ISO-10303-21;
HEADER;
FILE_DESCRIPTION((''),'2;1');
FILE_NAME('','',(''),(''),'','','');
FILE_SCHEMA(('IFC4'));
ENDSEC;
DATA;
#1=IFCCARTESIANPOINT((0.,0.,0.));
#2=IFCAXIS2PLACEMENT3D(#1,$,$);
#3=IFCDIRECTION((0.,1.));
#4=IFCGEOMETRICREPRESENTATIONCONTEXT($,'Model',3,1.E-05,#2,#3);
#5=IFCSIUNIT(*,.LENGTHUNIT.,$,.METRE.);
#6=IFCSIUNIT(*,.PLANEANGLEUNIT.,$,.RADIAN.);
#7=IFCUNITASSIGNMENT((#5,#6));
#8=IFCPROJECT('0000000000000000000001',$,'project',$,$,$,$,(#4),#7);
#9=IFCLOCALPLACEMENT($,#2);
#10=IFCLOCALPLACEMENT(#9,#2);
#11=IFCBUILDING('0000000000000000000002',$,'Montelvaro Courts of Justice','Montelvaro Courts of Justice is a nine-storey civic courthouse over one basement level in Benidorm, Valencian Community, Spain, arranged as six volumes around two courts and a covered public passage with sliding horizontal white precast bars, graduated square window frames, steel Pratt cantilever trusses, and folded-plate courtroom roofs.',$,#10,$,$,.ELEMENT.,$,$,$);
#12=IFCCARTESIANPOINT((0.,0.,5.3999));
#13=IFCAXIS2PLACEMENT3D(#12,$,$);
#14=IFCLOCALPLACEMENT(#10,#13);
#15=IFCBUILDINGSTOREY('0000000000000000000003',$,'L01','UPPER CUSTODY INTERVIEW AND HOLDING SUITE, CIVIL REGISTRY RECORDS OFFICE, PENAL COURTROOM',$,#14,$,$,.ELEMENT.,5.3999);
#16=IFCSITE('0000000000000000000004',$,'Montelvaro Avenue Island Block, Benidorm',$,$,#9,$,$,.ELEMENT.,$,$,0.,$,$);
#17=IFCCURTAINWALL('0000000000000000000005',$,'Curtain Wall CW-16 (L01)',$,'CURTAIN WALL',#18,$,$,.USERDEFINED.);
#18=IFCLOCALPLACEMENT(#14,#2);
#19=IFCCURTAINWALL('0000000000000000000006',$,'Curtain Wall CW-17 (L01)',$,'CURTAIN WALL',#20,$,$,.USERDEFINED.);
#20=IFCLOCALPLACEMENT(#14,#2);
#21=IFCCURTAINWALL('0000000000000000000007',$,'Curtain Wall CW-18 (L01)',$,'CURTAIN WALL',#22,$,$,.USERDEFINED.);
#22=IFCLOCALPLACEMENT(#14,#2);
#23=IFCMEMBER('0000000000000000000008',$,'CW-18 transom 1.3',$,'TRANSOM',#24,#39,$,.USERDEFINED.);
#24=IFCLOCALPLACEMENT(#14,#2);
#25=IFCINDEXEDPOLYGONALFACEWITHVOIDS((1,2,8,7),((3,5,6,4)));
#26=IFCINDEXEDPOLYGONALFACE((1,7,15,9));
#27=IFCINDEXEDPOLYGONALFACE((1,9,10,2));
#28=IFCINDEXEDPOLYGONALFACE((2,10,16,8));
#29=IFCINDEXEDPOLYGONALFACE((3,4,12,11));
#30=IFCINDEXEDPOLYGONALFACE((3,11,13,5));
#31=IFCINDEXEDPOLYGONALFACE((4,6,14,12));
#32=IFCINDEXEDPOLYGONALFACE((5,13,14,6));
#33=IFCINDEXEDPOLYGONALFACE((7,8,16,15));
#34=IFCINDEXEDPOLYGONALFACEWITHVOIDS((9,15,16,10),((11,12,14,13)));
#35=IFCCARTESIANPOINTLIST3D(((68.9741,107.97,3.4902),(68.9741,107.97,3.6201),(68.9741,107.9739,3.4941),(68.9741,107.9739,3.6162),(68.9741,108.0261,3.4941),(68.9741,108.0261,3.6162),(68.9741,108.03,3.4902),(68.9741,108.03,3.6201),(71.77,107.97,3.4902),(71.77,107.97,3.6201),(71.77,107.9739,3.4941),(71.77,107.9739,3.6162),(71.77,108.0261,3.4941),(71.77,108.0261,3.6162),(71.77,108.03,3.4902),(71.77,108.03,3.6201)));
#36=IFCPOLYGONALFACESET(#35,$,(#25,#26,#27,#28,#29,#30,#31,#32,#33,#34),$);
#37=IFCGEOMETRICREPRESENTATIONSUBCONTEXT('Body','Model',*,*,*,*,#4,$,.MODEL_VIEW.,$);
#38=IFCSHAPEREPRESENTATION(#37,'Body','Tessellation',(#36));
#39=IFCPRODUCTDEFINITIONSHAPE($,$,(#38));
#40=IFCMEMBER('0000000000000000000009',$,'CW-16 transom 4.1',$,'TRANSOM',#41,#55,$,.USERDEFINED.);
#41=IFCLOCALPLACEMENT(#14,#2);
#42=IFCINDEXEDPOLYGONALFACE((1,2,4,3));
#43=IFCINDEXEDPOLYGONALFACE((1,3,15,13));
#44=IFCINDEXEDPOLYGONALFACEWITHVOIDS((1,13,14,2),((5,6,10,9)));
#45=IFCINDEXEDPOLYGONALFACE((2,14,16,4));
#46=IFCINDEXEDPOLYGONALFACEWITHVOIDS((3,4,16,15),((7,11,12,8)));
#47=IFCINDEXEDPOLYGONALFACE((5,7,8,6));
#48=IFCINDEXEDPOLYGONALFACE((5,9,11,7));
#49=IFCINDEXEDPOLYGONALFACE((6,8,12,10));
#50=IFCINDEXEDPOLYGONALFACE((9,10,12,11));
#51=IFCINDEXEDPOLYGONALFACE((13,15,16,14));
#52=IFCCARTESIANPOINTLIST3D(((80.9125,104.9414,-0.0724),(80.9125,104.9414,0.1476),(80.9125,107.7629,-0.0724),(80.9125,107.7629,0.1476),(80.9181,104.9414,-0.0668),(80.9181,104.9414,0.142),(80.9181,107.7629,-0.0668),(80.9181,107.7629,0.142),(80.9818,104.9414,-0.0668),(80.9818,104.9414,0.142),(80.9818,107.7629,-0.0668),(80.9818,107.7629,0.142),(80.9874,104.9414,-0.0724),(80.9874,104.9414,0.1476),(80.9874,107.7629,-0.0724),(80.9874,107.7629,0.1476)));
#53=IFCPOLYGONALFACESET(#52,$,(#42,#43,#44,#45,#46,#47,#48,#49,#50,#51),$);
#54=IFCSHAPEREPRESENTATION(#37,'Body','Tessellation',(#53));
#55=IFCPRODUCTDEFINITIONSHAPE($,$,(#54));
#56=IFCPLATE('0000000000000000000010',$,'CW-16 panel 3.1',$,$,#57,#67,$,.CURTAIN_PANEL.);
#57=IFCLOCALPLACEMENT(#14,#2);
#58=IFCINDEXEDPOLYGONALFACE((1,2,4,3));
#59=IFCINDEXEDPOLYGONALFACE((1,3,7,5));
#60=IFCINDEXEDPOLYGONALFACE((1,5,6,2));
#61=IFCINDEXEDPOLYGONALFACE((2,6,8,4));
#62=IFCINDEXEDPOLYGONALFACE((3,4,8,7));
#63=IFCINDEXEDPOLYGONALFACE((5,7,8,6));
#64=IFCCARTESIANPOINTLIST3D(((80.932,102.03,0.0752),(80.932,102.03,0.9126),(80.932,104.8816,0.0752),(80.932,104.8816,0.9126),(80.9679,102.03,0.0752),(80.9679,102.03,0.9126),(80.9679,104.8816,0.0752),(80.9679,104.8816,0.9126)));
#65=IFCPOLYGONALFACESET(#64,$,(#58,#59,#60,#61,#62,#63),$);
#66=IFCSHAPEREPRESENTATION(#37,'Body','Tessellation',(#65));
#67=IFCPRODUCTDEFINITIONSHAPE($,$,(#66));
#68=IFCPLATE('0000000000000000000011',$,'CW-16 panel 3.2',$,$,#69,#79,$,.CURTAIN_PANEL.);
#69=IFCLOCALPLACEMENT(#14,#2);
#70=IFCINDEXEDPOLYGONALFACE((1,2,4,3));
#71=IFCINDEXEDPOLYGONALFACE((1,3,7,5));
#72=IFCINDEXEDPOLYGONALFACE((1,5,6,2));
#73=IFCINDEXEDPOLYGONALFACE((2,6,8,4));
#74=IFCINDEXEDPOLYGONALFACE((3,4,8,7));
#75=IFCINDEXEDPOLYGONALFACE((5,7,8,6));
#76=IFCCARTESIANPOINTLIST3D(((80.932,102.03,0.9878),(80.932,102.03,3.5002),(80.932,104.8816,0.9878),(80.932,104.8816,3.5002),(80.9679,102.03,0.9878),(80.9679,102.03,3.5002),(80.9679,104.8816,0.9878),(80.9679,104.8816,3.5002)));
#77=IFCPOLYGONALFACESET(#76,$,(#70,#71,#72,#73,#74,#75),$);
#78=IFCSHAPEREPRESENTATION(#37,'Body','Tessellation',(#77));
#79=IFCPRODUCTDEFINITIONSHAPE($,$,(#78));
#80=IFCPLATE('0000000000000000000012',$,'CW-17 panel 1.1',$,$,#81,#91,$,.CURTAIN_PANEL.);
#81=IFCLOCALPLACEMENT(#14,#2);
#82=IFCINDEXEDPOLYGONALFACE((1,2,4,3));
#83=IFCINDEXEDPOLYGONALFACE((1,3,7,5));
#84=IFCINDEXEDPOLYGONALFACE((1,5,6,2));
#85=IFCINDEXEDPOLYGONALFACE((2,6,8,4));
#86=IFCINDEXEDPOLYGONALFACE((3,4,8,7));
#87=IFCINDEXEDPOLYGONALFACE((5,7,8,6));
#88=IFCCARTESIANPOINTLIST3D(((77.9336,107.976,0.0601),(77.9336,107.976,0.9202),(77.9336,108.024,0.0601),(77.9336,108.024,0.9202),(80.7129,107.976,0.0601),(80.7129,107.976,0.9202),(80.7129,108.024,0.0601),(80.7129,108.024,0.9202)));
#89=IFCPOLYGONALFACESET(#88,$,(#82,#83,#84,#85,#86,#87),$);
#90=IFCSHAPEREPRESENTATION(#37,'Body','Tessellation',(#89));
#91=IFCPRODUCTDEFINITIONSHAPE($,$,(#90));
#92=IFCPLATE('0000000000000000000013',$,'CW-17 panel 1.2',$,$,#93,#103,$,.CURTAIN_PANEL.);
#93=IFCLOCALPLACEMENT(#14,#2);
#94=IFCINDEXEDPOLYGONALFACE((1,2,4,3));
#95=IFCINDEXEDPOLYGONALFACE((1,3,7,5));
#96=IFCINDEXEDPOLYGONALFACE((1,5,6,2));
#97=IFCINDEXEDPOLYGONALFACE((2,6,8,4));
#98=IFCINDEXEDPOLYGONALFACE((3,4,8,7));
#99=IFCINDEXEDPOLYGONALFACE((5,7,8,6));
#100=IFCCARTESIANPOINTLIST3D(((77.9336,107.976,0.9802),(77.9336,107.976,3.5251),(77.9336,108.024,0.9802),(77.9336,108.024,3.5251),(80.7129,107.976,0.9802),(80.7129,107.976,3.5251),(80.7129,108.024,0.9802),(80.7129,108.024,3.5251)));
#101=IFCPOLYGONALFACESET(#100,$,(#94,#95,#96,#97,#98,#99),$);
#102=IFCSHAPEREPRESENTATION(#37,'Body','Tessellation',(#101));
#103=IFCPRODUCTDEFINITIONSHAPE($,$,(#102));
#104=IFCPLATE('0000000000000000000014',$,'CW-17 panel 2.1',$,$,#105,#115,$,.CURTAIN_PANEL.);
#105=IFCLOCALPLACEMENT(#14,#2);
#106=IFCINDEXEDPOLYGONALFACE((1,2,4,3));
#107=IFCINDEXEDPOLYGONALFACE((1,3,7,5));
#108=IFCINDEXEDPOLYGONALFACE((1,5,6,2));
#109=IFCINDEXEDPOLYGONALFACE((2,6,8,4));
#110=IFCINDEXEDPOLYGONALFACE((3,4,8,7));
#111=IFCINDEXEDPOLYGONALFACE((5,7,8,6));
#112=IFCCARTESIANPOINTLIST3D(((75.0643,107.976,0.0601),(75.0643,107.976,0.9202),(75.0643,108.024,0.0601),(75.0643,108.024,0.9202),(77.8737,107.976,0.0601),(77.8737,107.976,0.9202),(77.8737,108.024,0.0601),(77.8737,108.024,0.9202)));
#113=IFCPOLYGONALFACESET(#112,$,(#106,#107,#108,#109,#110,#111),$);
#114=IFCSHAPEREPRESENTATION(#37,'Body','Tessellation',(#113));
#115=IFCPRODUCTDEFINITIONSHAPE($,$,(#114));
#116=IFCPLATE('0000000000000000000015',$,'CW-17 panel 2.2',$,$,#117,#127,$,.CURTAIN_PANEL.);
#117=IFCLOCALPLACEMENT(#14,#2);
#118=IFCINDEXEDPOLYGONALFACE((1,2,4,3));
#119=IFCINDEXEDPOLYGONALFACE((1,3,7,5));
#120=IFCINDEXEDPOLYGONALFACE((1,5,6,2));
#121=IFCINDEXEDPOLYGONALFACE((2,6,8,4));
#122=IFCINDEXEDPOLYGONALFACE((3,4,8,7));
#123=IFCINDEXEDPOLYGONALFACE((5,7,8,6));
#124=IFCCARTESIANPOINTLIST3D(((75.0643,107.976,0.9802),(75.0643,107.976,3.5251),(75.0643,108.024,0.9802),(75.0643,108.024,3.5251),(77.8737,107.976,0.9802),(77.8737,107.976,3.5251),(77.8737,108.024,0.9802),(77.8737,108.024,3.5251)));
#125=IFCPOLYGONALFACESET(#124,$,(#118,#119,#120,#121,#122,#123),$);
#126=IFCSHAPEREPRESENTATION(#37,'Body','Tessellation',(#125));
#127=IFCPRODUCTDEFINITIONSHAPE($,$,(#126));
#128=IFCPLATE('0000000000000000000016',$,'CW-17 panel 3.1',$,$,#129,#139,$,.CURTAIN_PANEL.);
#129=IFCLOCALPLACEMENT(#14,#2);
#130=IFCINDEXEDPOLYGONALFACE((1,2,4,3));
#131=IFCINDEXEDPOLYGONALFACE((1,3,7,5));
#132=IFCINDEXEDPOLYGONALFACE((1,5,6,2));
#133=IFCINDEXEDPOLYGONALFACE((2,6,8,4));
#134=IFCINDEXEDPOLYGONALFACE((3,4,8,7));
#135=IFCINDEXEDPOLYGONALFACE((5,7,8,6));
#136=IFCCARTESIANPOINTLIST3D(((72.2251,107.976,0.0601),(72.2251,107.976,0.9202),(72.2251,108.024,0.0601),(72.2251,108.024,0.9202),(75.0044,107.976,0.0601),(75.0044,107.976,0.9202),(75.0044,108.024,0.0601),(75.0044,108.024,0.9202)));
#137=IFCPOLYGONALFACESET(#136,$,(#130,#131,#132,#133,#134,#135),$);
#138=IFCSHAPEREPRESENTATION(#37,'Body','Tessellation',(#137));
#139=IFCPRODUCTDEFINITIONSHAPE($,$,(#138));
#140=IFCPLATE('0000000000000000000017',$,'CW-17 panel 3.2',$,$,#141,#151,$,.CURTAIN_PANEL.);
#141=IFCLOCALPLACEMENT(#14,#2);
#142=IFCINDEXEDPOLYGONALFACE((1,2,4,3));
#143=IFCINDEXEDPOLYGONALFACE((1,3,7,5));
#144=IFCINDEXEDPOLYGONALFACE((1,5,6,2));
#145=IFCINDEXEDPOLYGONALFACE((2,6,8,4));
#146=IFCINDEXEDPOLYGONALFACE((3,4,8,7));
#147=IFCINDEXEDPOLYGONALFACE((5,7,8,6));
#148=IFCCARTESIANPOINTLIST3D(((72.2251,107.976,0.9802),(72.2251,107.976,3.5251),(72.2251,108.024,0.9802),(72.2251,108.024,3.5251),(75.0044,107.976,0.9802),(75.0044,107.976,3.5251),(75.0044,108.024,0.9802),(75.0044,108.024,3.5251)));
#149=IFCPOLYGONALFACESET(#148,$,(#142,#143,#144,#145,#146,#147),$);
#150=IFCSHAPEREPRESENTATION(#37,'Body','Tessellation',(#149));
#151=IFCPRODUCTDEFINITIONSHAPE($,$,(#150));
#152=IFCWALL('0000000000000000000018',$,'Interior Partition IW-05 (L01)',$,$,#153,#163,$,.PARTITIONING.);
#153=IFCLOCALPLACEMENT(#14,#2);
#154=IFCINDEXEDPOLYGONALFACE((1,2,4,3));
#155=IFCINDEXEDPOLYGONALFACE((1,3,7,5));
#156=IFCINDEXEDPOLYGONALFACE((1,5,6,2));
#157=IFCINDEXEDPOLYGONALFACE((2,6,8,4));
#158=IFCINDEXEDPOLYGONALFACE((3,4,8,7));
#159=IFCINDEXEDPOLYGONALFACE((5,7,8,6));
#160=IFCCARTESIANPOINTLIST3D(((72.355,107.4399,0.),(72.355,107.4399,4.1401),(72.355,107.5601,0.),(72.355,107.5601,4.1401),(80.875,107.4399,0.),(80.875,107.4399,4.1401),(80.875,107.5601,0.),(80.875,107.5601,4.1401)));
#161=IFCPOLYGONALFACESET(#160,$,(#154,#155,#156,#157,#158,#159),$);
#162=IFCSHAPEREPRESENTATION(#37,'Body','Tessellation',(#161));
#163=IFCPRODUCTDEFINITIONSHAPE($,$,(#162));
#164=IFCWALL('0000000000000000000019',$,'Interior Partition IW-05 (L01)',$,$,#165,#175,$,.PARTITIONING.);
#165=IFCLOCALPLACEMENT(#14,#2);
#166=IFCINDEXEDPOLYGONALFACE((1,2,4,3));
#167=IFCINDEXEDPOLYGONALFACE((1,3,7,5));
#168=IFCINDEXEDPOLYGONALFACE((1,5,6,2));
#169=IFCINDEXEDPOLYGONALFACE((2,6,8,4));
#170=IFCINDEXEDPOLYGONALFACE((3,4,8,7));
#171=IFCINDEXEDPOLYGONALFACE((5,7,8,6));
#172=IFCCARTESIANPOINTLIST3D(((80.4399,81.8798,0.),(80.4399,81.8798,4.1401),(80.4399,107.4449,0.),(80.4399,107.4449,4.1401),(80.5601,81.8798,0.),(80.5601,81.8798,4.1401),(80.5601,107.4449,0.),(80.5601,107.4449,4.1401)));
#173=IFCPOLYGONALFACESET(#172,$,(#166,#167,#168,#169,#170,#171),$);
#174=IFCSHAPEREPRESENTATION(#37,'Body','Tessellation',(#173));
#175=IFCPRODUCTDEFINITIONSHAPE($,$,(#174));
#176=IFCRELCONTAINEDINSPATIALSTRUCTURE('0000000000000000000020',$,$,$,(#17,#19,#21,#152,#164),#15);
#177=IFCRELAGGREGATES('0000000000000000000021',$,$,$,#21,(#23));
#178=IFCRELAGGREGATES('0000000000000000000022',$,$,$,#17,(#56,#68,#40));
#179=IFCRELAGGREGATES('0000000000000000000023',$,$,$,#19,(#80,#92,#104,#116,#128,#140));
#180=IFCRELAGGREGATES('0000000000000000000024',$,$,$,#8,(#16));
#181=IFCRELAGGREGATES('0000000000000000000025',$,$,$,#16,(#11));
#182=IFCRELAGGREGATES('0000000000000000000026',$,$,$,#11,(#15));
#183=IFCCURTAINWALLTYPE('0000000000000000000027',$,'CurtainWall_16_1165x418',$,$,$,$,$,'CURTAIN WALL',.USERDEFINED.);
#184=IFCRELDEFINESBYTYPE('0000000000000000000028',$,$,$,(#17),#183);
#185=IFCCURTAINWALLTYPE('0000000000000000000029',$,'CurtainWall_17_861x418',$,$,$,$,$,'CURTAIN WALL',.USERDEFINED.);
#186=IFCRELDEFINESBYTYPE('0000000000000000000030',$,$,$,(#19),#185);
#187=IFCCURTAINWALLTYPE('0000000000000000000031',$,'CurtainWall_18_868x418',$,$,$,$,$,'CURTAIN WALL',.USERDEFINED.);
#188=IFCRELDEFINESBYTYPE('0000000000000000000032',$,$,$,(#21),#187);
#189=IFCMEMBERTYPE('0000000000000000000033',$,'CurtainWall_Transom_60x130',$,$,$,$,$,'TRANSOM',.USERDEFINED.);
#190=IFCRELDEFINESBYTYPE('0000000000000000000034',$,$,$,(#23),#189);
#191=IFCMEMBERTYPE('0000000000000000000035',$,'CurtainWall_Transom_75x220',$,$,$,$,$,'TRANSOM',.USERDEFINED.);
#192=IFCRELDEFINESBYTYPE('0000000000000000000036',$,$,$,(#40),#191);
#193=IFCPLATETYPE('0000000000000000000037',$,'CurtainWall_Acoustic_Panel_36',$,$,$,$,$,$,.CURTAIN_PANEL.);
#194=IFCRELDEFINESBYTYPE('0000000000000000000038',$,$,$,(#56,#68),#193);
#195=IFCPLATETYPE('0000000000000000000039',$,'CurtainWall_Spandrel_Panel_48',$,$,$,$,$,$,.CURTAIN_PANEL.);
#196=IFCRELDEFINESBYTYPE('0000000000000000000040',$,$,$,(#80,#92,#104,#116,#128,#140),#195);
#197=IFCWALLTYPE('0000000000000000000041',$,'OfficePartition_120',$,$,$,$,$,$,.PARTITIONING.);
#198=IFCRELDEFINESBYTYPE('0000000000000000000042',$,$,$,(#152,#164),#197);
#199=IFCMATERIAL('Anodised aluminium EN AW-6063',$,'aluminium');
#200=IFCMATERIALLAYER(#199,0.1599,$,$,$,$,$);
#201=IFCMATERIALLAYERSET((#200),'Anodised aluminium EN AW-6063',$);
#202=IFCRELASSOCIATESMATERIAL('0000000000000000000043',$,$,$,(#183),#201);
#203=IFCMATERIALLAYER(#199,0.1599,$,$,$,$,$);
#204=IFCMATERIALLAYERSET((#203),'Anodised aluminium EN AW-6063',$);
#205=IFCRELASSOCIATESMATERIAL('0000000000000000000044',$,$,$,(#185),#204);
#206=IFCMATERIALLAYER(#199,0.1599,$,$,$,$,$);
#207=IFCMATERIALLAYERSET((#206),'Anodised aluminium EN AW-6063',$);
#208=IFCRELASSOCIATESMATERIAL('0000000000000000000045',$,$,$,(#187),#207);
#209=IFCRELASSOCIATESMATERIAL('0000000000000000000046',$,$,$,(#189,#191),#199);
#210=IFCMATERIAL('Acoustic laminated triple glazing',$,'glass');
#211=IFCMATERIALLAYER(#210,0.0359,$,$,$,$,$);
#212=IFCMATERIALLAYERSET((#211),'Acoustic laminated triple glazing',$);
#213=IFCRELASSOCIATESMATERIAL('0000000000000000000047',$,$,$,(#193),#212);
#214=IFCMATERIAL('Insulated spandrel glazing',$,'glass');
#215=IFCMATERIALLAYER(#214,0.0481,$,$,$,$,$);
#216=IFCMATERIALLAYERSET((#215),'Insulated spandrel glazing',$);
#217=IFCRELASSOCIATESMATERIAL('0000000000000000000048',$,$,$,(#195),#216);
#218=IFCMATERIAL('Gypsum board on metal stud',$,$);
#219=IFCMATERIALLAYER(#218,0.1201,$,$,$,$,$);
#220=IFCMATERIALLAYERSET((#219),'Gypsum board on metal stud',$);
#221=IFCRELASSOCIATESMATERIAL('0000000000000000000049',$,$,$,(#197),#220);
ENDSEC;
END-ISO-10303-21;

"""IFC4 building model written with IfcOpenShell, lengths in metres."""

from ifc_helpers import new_model, si_unit, direction, frame, frame_2d, origin, origin_2d, place, context, subcontext, project, spatial, rectangle, hollow_rectangle, extrude, material, layer, layer_set, material_profile, profile_set, type_object, element, aggregate, save


model = new_model("IFC4")

# Units and contexts
model_context = context("Model", 3, precision=1e-05, world=origin(), true_north=direction((0.0, 1.0)))
body_context = subcontext(model_context, "Body", "Model", "MODEL_VIEW")
ifc_project = project(units=[si_unit("LENGTHUNIT", "METRE"), si_unit("PLANEANGLEUNIT", "RADIAN")], contexts=[model_context])

# Site, building, storey
site_placement = place(None, origin())
site = spatial("IfcSite", under=ifc_project, at=site_placement, Name="Montelvaro Avenue Island Block, Benidorm", CompositionType="ELEMENT", RefElevation=0.0)
building_placement = place(site_placement, origin())
building = spatial("IfcBuilding", under=site, at=building_placement, Name="Montelvaro Courts of Justice", Description="Montelvaro Courts of Justice is a nine-storey civic courthouse over one basement level in Benidorm, Valencian Community, Spain, arranged as six volumes around two courts and a covered public passage with sliding horizontal white precast bars, graduated square window frames, steel Pratt cantilever trusses, and folded-plate courtroom roofs.", CompositionType="ELEMENT")
storey_placement = place(building_placement, frame((0.0, 0.0, 5.3999)))
storey = spatial("IfcBuildingStorey", under=building, at=storey_placement, Name="L01", Description="UPPER CUSTODY INTERVIEW AND HOLDING SUITE, CIVIL REGISTRY RECORDS OFFICE, PENAL COURTROOM", CompositionType="ELEMENT", Elevation=5.3999)

# Curtain walls
ifc_material_1 = material(Name="Anodised aluminium EN AW-6063", Category="aluminium")
ifc_layer_1 = layer(ifc_material_1, 0.1599)
ifc_layer_set_1 = layer_set([ifc_layer_1], Name="Anodised aluminium EN AW-6063")
curtain_wall_type_1 = type_object("IfcCurtainWallType", Name="CurtainWall_16_1165x418", ElementType="CURTAIN WALL", PredefinedType="USERDEFINED", material=ifc_layer_set_1)
curtain_wall_1_placement = place(storey_placement, origin())
curtain_wall_1 = element("IfcCurtainWall", 1, at=curtain_wall_1_placement, inside=storey, type_object=curtain_wall_type_1, Name="Curtain Wall CW-16 (L01)", ObjectType="CURTAIN WALL", PredefinedType="USERDEFINED")
ifc_layer_2 = layer(ifc_material_1, 0.1599)
ifc_layer_set_2 = layer_set([ifc_layer_2], Name="Anodised aluminium EN AW-6063")
curtain_wall_type_2 = type_object("IfcCurtainWallType", Name="CurtainWall_17_861x418", ElementType="CURTAIN WALL", PredefinedType="USERDEFINED", material=ifc_layer_set_2)
curtain_wall_2_placement = place(storey_placement, origin())
curtain_wall_2 = element("IfcCurtainWall", 2, at=curtain_wall_2_placement, inside=storey, type_object=curtain_wall_type_2, Name="Curtain Wall CW-17 (L01)", ObjectType="CURTAIN WALL", PredefinedType="USERDEFINED")

# Curtain wall
ifc_layer_3 = layer(ifc_material_1, 0.1599)
ifc_layer_set_3 = layer_set([ifc_layer_3], Name="Anodised aluminium EN AW-6063")
curtain_wall_type_3 = type_object("IfcCurtainWallType", Name="CurtainWall_18_868x418", ElementType="CURTAIN WALL", PredefinedType="USERDEFINED", material=ifc_layer_set_3)
curtain_wall_3_placement = place(storey_placement, origin())
curtain_wall_3 = element("IfcCurtainWall", 3, at=curtain_wall_3_placement, inside=storey, type_object=curtain_wall_type_3, Name="Curtain Wall CW-18 (L01)", ObjectType="CURTAIN WALL", PredefinedType="USERDEFINED")

# Members
ifc_material_profile_1 = material_profile(ifc_material_1, hollow_rectangle(XDim=0.0601, YDim=0.1299, WallThickness=0.0039, at=origin_2d()), Name="ALU-T 60x130")
ifc_profile_set_1 = profile_set([ifc_material_profile_1], Name="Anodised aluminium EN AW-6063")
member_type_1 = type_object("IfcMemberType", Name="CurtainWall_Transom_60x130", ElementType="TRANSOM", PredefinedType="USERDEFINED", material=ifc_profile_set_1)
member_1_placement = place(storey_placement, frame((71.77, 108.0, 3.5552), z_axis=(-1.0, 0.0, 0.0), x_axis=(0.0, -1.0, 0.0)))
member_1 = element("IfcMember", 4, at=member_1_placement, type_object=member_type_1, Name="CW-18 transom 1.3", ObjectType="TRANSOM", PredefinedType="USERDEFINED", context=body_context, shape_type="SweptSolid", body=[
    extrude(hollow_rectangle(XDim=0.0601, YDim=0.1299, WallThickness=0.0039, at=origin_2d()), origin(), (0.0, 0.0, 1.0), 2.7959),
])
aggregate(curtain_wall_3, [member_1])
ifc_material_profile_2 = material_profile(ifc_material_1, hollow_rectangle(XDim=0.075, YDim=0.22, WallThickness=0.0056, at=origin_2d()), Name="ALU-T 75x220")
ifc_profile_set_2 = profile_set([ifc_material_profile_2], Name="Anodised aluminium EN AW-6063")
member_type_2 = type_object("IfcMemberType", Name="CurtainWall_Transom_75x220", ElementType="TRANSOM", PredefinedType="USERDEFINED", material=ifc_profile_set_2)
member_2_placement = place(storey_placement, frame((80.95, 104.9414, 0.0376), z_axis=(0.0, 1.0, 0.0), x_axis=(-1.0, 0.0, 0.0)))
member_2 = element("IfcMember", 5, at=member_2_placement, type_object=member_type_2, Name="CW-16 transom 4.1", ObjectType="TRANSOM", PredefinedType="USERDEFINED", context=body_context, shape_type="SweptSolid", body=[
    extrude(hollow_rectangle(XDim=0.075, YDim=0.22, WallThickness=0.0056, at=origin_2d()), origin(), (0.0, 0.0, 1.0), 2.8215),
])

# Plates
ifc_material_2 = material(Name="Acoustic laminated triple glazing", Category="glass")
ifc_layer_4 = layer(ifc_material_2, 0.0359)
ifc_layer_set_4 = layer_set([ifc_layer_4], Name="Acoustic laminated triple glazing")
plate_type_1 = type_object("IfcPlateType", Name="CurtainWall_Acoustic_Panel_36", PredefinedType="CURTAIN_PANEL", material=ifc_layer_set_4)
plate_1_placement = place(storey_placement, frame((80.95, 103.4558, 0.0752), z_axis=(0.0, 0.0, 1.0), x_axis=(0.0, 1.0, 0.0)))
plate_1 = element("IfcPlate", 6, at=plate_1_placement, type_object=plate_type_1, Name="CW-16 panel 3.1", PredefinedType="CURTAIN_PANEL", context=body_context, shape_type="SweptSolid", body=[
    extrude(rectangle(XDim=2.8516, YDim=0.0359, at=origin_2d()), origin(), (0.0, 0.0, 1.0), 0.8374),
])
plate_2_placement = place(storey_placement, frame((80.95, 103.4558, 0.9878), z_axis=(0.0, 0.0, 1.0), x_axis=(0.0, 1.0, 0.0)))
plate_2 = element("IfcPlate", 7, at=plate_2_placement, type_object=plate_type_1, Name="CW-16 panel 3.2", PredefinedType="CURTAIN_PANEL", context=body_context, shape_type="SweptSolid", body=[
    extrude(rectangle(XDim=2.8516, YDim=0.0359, at=origin_2d()), origin(), (0.0, 0.0, 1.0), 2.5125),
])
aggregate(curtain_wall_1, [plate_1, plate_2, member_2])
ifc_material_3 = material(Name="Insulated spandrel glazing", Category="glass")
ifc_layer_5 = layer(ifc_material_3, 0.0481)
ifc_layer_set_5 = layer_set([ifc_layer_5], Name="Insulated spandrel glazing")
plate_type_2 = type_object("IfcPlateType", Name="CurtainWall_Spandrel_Panel_48", PredefinedType="CURTAIN_PANEL", material=ifc_layer_set_5)
plate_3_placement = place(storey_placement, frame((79.3232, 108.0, 0.0601), z_axis=(0.0, 0.0, 1.0), x_axis=(-1.0, 0.0, 0.0)))
plate_3 = element("IfcPlate", 8, at=plate_3_placement, type_object=plate_type_2, Name="CW-17 panel 1.1", PredefinedType="CURTAIN_PANEL", context=body_context, shape_type="SweptSolid", body=[
    extrude(rectangle(XDim=2.7793, YDim=0.0481, at=origin_2d()), origin(), (0.0, 0.0, 1.0), 0.8601),
])
plate_4_placement = place(storey_placement, frame((79.3232, 108.0, 0.9802), z_axis=(0.0, 0.0, 1.0), x_axis=(-1.0, 0.0, 0.0)))
plate_4 = element("IfcPlate", 9, at=plate_4_placement, type_object=plate_type_2, Name="CW-17 panel 1.2", PredefinedType="CURTAIN_PANEL", context=body_context, shape_type="SweptSolid", body=[
    extrude(rectangle(XDim=2.7793, YDim=0.0481, at=origin_2d()), origin(), (0.0, 0.0, 1.0), 2.5449),
])
plate_5_placement = place(storey_placement, frame((76.469, 108.0, 0.0601), z_axis=(0.0, 0.0, 1.0), x_axis=(-1.0, 0.0, 0.0)))
plate_5 = element("IfcPlate", 10, at=plate_5_placement, type_object=plate_type_2, Name="CW-17 panel 2.1", PredefinedType="CURTAIN_PANEL", context=body_context, shape_type="SweptSolid", body=[
    extrude(rectangle(XDim=2.8093, YDim=0.0481, at=origin_2d()), origin(), (0.0, 0.0, 1.0), 0.8601),
])
plate_6_placement = place(storey_placement, frame((76.469, 108.0, 0.9802), z_axis=(0.0, 0.0, 1.0), x_axis=(-1.0, 0.0, 0.0)))
plate_6 = element("IfcPlate", 11, at=plate_6_placement, type_object=plate_type_2, Name="CW-17 panel 2.2", PredefinedType="CURTAIN_PANEL", context=body_context, shape_type="SweptSolid", body=[
    extrude(rectangle(XDim=2.8093, YDim=0.0481, at=origin_2d()), origin(), (0.0, 0.0, 1.0), 2.5449),
])
plate_7_placement = place(storey_placement, frame((73.6147, 108.0, 0.0601), z_axis=(0.0, 0.0, 1.0), x_axis=(-1.0, 0.0, 0.0)))
plate_7 = element("IfcPlate", 12, at=plate_7_placement, type_object=plate_type_2, Name="CW-17 panel 3.1", PredefinedType="CURTAIN_PANEL", context=body_context, shape_type="SweptSolid", body=[
    extrude(rectangle(XDim=2.7793, YDim=0.0481, at=origin_2d()), origin(), (0.0, 0.0, 1.0), 0.8601),
])
plate_8_placement = place(storey_placement, frame((73.6147, 108.0, 0.9802), z_axis=(0.0, 0.0, 1.0), x_axis=(-1.0, 0.0, 0.0)))
plate_8 = element("IfcPlate", 13, at=plate_8_placement, type_object=plate_type_2, Name="CW-17 panel 3.2", PredefinedType="CURTAIN_PANEL", context=body_context, shape_type="SweptSolid", body=[
    extrude(rectangle(XDim=2.7793, YDim=0.0481, at=origin_2d()), origin(), (0.0, 0.0, 1.0), 2.5449),
])
aggregate(curtain_wall_2, [plate_3, plate_4, plate_5, plate_6, plate_7, plate_8])

# Walls
ifc_material_4 = material(Name="Gypsum board on metal stud")
ifc_layer_6 = layer(ifc_material_4, 0.1201)
ifc_layer_set_6 = layer_set([ifc_layer_6], Name="Gypsum board on metal stud")
wall_type = type_object("IfcWallType", Name="OfficePartition_120", PredefinedType="PARTITIONING", material=ifc_layer_set_6)
wall_1_placement = place(storey_placement, frame((72.355, 107.5, 0.0), z_axis=(0.0, 0.0, 1.0), x_axis=(1.0, 0.0, 0.0)))
element("IfcWall", 14, at=wall_1_placement, inside=storey, type_object=wall_type, Name="Interior Partition IW-05 (L01)", PredefinedType="PARTITIONING", context=body_context, shape_type="SweptSolid", body=[
    extrude(rectangle(XDim=8.52, YDim=0.1201, at=frame_2d((4.26, 0.0))), origin(), (0.0, 0.0, 1.0), 4.1401),
])
wall_2_placement = place(storey_placement, frame((80.5, 107.4451, 0.0), z_axis=(0.0, 0.0, 1.0), x_axis=(0.0, -1.0, 0.0)))
element("IfcWall", 15, at=wall_2_placement, inside=storey, type_object=wall_type, Name="Interior Partition IW-05 (L01)", PredefinedType="PARTITIONING", context=body_context, shape_type="SweptSolid", body=[
    extrude(rectangle(XDim=25.5652, YDim=0.1201, at=frame_2d((12.7827, 0.0))), origin(), (0.0, 0.0, 1.0), 4.1401),
])

save(model, "model.ifc")
